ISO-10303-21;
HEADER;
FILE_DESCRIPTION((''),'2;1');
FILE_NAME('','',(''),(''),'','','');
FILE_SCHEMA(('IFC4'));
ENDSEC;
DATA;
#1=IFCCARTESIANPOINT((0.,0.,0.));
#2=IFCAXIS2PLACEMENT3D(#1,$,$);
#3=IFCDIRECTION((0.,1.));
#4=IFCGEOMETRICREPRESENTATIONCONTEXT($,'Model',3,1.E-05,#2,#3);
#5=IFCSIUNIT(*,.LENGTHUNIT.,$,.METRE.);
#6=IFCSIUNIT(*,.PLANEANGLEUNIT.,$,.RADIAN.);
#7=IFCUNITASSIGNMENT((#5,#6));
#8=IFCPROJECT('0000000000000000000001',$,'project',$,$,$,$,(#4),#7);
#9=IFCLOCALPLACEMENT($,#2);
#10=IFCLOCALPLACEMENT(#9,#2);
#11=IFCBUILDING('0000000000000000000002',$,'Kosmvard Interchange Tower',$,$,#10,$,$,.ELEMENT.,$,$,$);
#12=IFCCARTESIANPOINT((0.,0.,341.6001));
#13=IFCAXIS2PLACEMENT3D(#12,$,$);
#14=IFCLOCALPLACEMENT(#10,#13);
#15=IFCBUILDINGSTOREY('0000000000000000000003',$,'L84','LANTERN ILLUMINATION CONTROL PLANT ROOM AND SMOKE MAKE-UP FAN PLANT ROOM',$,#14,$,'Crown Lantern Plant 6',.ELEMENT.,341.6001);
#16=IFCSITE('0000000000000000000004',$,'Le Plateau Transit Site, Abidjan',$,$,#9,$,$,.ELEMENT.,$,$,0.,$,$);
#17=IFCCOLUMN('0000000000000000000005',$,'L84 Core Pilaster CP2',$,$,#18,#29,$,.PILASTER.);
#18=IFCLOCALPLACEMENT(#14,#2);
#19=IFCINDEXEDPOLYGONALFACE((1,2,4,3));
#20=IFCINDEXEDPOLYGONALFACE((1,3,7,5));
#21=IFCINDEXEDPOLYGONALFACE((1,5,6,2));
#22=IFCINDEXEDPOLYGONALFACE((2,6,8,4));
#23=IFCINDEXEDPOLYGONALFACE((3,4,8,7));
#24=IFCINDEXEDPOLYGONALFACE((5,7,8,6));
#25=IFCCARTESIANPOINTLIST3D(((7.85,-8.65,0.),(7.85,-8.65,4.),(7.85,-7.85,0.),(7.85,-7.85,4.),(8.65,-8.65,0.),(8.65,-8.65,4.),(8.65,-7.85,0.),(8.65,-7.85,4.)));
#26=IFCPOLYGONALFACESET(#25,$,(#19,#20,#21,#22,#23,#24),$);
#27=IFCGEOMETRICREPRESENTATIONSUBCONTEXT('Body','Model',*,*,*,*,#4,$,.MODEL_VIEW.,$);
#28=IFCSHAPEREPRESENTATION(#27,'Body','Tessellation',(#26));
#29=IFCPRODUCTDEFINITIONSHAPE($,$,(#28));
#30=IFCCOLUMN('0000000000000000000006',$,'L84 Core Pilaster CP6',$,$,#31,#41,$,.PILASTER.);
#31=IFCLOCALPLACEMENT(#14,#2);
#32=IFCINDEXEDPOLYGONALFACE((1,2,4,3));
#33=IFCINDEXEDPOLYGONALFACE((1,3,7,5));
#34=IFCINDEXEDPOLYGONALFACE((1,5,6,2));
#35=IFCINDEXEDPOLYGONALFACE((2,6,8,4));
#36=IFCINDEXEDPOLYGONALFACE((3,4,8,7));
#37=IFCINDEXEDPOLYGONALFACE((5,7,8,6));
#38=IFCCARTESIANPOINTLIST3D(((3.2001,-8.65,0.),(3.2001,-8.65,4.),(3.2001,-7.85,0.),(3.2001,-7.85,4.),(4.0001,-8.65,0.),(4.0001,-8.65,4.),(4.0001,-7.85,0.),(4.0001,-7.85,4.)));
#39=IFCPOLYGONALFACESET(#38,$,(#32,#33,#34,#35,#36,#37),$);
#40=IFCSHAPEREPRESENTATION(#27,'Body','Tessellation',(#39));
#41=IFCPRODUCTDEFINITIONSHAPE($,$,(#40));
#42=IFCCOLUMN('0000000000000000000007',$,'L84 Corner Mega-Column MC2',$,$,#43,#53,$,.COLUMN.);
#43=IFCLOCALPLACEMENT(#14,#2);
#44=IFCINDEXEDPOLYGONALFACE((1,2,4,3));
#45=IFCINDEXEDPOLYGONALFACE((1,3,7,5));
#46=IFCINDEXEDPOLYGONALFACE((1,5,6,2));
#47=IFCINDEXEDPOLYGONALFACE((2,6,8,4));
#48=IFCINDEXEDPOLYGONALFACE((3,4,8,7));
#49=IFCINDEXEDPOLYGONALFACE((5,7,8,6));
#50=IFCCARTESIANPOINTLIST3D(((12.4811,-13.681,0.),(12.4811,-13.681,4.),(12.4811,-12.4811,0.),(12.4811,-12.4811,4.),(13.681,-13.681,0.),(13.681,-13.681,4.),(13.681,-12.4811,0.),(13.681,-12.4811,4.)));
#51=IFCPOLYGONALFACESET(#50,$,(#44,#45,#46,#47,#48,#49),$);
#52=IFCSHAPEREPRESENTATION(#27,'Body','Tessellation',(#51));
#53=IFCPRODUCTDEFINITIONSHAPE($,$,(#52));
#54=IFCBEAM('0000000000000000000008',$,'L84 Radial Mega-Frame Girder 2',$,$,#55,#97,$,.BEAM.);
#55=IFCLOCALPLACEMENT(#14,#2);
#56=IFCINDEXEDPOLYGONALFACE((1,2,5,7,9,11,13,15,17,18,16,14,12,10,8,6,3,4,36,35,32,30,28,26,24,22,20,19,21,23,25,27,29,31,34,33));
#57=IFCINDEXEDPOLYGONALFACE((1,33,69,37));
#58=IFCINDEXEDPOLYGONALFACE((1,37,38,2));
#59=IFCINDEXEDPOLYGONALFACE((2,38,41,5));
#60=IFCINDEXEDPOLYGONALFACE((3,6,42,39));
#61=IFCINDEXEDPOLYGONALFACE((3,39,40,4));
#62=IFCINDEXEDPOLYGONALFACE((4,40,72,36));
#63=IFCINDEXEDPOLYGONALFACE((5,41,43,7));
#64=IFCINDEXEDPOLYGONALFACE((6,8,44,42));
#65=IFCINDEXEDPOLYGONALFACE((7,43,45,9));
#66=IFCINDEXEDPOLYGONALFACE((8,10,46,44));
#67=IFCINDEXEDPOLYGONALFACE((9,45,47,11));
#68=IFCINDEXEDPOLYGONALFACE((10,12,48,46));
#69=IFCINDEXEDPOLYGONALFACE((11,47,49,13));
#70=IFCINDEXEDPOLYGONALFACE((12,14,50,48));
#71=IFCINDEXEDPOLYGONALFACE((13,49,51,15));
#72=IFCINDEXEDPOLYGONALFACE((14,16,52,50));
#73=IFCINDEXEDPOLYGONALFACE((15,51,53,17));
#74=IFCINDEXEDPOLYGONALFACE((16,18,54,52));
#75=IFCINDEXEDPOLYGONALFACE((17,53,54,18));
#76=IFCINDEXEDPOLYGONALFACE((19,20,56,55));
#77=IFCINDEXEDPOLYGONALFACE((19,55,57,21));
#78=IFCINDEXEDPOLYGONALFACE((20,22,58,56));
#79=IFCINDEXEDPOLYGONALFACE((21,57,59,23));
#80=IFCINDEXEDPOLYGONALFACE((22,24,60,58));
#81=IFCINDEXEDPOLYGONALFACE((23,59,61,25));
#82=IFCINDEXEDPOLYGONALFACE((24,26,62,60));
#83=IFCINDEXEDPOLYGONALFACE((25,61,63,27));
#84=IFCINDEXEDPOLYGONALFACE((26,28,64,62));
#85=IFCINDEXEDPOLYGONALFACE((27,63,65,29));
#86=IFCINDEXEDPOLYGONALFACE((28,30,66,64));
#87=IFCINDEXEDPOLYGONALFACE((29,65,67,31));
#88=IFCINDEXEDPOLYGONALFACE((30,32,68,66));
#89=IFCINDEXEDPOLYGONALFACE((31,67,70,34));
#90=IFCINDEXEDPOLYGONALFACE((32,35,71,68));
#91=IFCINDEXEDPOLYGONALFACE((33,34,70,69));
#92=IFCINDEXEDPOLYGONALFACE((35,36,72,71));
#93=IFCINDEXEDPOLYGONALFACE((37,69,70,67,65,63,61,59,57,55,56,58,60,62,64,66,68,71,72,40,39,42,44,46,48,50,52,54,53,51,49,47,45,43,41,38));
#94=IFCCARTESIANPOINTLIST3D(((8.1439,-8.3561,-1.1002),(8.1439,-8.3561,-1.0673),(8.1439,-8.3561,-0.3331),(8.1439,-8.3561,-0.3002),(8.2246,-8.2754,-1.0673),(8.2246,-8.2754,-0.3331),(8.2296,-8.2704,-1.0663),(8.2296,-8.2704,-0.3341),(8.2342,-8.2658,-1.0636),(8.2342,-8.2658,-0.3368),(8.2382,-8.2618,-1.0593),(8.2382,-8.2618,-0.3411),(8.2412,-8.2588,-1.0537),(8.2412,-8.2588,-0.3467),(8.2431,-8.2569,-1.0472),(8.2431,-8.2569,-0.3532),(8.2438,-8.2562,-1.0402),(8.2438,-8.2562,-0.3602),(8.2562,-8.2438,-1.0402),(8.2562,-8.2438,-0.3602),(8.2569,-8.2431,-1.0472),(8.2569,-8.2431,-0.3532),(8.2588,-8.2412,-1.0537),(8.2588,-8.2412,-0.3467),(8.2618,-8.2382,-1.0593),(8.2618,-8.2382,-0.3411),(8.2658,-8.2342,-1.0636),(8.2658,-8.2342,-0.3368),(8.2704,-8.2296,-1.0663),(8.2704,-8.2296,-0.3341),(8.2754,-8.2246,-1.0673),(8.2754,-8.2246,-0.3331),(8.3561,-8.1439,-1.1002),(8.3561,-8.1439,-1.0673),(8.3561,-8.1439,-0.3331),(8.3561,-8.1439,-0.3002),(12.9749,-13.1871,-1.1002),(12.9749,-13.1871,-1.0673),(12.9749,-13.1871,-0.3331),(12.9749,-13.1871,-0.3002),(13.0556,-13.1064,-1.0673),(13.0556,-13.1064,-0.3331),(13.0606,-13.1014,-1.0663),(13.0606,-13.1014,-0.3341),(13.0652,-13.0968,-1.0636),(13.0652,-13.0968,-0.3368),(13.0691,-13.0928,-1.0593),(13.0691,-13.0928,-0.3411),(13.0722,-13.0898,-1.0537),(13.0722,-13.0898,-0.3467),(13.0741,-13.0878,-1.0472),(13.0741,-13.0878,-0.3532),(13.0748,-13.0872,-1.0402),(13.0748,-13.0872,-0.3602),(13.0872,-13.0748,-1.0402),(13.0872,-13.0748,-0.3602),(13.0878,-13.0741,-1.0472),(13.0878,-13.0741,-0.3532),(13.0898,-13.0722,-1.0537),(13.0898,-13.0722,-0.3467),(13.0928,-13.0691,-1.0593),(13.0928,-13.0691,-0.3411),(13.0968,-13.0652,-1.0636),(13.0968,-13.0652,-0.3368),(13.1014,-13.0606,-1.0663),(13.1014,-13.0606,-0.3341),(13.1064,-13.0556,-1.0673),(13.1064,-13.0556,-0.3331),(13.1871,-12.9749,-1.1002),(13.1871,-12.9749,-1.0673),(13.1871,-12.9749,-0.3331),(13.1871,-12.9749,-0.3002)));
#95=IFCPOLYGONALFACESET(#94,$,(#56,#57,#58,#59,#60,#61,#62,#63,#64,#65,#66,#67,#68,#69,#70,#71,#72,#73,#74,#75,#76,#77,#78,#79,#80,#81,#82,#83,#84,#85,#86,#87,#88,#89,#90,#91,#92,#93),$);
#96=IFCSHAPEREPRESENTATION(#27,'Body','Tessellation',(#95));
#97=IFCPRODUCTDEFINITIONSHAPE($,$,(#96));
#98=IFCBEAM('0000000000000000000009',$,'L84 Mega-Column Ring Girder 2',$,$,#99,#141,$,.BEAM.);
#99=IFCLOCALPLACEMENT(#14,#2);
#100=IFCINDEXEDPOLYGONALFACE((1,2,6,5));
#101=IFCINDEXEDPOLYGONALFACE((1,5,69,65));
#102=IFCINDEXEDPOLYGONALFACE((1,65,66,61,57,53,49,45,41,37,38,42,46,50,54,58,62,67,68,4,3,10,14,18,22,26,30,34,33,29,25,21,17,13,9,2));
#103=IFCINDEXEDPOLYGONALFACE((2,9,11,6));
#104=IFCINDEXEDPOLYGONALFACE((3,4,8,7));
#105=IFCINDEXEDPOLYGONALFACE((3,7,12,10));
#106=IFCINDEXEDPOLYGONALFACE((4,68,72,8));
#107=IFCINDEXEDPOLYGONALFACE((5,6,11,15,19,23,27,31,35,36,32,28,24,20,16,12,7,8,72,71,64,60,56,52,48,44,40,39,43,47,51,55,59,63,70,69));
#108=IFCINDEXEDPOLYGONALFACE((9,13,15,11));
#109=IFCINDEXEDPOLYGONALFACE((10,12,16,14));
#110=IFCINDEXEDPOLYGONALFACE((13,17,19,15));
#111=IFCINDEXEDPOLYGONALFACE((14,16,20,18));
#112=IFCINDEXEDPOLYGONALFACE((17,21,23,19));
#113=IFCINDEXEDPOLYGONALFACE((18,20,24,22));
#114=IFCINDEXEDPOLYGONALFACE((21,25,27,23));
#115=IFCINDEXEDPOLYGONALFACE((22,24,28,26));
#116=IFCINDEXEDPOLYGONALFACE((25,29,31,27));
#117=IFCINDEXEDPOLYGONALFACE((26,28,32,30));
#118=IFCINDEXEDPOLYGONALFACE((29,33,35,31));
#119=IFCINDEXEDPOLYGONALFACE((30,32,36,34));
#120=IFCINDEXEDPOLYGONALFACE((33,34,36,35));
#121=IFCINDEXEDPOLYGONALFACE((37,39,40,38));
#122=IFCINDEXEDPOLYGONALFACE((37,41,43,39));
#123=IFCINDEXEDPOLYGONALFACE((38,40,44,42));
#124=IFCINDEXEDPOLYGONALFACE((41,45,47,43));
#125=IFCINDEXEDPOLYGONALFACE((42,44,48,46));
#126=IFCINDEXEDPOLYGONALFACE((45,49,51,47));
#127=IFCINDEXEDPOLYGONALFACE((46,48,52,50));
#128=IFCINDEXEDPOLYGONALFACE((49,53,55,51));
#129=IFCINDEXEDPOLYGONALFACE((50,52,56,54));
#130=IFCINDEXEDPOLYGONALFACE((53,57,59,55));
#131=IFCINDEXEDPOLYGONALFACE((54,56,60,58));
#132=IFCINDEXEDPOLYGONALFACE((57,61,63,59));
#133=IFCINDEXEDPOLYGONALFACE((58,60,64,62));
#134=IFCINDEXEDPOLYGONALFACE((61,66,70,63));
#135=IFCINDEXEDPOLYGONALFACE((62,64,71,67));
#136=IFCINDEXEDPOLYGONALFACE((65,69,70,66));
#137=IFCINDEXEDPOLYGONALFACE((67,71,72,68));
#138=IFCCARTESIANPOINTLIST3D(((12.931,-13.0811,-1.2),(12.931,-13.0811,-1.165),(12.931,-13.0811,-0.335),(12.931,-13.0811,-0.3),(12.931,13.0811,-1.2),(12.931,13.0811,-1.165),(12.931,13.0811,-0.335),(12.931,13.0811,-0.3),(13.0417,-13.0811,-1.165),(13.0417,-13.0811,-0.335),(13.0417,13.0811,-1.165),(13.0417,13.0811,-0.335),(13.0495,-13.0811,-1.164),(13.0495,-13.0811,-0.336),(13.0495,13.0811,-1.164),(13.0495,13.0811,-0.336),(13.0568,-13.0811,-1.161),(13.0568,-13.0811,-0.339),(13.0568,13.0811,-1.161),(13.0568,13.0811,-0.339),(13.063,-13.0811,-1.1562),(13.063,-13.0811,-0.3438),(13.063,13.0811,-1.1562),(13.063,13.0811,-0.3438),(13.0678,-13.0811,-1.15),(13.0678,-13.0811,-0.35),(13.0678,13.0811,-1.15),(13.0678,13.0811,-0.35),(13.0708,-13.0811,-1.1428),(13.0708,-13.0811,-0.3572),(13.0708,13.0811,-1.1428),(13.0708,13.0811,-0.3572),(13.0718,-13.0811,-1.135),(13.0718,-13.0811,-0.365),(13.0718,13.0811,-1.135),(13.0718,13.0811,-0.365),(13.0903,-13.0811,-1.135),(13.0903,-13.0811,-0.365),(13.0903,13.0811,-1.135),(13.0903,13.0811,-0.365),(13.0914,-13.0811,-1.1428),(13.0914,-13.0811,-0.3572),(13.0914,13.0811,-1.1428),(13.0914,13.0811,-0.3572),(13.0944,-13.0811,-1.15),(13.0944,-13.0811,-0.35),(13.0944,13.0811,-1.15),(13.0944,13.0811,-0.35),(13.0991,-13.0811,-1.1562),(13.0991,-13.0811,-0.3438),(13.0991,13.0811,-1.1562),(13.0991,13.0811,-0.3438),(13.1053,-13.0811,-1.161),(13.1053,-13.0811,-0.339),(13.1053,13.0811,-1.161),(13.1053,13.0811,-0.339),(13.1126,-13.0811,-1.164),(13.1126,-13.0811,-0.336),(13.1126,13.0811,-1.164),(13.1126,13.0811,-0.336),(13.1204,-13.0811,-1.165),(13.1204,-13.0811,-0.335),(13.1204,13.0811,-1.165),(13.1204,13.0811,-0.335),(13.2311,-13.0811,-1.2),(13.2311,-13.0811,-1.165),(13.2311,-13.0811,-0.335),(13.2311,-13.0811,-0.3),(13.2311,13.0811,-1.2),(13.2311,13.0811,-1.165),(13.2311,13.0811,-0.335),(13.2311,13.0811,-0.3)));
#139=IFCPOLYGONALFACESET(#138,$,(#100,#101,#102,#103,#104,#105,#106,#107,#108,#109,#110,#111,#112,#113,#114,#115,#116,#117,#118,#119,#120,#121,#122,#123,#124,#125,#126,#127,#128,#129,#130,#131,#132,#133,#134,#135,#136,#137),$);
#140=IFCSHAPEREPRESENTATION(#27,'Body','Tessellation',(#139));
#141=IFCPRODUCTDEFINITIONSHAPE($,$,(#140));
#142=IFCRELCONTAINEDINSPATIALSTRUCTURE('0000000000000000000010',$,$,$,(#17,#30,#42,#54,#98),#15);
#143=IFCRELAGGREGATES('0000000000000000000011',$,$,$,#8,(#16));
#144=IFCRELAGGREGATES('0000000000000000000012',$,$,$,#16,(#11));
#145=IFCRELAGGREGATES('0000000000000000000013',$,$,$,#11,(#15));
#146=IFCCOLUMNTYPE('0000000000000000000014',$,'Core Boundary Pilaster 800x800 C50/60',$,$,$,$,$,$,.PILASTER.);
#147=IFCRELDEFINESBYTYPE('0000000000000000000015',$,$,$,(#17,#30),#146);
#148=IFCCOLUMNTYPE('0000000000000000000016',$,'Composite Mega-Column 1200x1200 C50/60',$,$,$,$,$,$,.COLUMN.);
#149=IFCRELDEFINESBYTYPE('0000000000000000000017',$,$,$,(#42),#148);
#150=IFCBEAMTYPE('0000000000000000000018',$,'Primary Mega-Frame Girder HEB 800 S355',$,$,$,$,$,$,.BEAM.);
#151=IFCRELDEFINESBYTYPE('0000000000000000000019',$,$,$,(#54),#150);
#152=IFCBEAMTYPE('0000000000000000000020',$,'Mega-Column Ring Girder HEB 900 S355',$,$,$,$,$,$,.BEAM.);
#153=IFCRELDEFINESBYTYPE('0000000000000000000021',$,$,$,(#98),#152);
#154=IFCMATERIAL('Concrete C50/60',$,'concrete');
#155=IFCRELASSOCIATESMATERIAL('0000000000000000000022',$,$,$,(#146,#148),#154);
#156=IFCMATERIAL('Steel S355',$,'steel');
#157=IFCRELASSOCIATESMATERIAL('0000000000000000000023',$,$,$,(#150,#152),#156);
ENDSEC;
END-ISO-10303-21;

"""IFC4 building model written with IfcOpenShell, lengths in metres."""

from ifc_helpers import new_model, si_unit, direction, frame, origin, origin_2d, place, context, subcontext, project, spatial, rectangle, i_section, extrude, source, transform, mapped, material, material_profile, profile_set, type_object, element, save


model = new_model("IFC4")

# Units and contexts
model_context = context("Model", 3, precision=1e-05, world=origin(), true_north=direction((0.0, 1.0)))
body_context = subcontext(model_context, "Body", "Model", "MODEL_VIEW")
ifc_project = project(units=[si_unit("LENGTHUNIT", "METRE"), si_unit("PLANEANGLEUNIT", "RADIAN")], contexts=[model_context])

# Site, building, storey
site_placement = place(None, origin())
site = spatial("IfcSite", under=ifc_project, at=site_placement, Name="Le Plateau Transit Site, Abidjan", CompositionType="ELEMENT", RefElevation=0.0)
building_placement = place(site_placement, origin())
building = spatial("IfcBuilding", under=site, at=building_placement, Name="Kosmvard Interchange Tower", CompositionType="ELEMENT")
storey_placement = place(building_placement, frame((0.0, 0.0, 341.6001)))
storey = spatial("IfcBuildingStorey", under=building, at=storey_placement, Name="L84", Description="LANTERN ILLUMINATION CONTROL PLANT ROOM AND SMOKE MAKE-UP FAN PLANT ROOM", LongName="Crown Lantern Plant 6", CompositionType="ELEMENT", Elevation=341.6001)

# Columns
ifc_material_1 = material(Name="Concrete C50/60", Category="concrete")
ifc_material_profile_1 = material_profile(ifc_material_1, rectangle(XDim=0.8, YDim=0.8, at=origin_2d()), Name="CP 800x800")
ifc_profile_set_1 = profile_set([ifc_material_profile_1], Name="Concrete C50/60")
column_type_1 = type_object("IfcColumnType", Name="Core Boundary Pilaster 800x800 C50/60", PredefinedType="PILASTER", material=ifc_profile_set_1)
shared_shape_1 = source(origin(), body_context, "Body", "SweptSolid", [
    extrude(rectangle(XDim=0.8, YDim=0.8, at=origin_2d()), origin(), (0.0, 0.0, 1.0), 4.0),
])
for number, where, z_axis, x_axis, name in (
    (1, (8.25, -8.25, 0.0), (0.0, 0.0, 1.0), (1.0, 0.0, 0.0), "L84 Core Pilaster CP2"),
    (2, (3.6001, -8.25, 0.0), (0.0, 0.0, 1.0), (1.0, 0.0, 0.0), "L84 Core Pilaster CP6"),
):
    element("IfcColumn", number, at=place(storey_placement, frame(where, z_axis=z_axis, x_axis=x_axis)), inside=storey, type_object=column_type_1, Name=name, PredefinedType="PILASTER", context=body_context, shape_type="MappedRepresentation", body=[
        mapped(shared_shape_1, transform((0.0, 0.0, 0.0), scale=1.0)),
    ])
ifc_material_profile_2 = material_profile(ifc_material_1, rectangle(XDim=1.2, YDim=1.2, at=origin_2d()), Name="MC 1200x1200")
ifc_profile_set_2 = profile_set([ifc_material_profile_2], Name="Concrete C50/60")
column_type_2 = type_object("IfcColumnType", Name="Composite Mega-Column 1200x1200 C50/60", PredefinedType="COLUMN", material=ifc_profile_set_2)
shared_shape_2 = source(origin(), body_context, "Body", "SweptSolid", [
    extrude(rectangle(XDim=1.2, YDim=1.2, at=origin_2d()), origin(), (0.0, 0.0, 1.0), 4.0),
])
column_placement = place(storey_placement, frame((13.0811, -13.0811, 0.0), z_axis=(0.0, 0.0, 1.0), x_axis=(1.0, 0.0, 0.0)))
element("IfcColumn", 3, at=column_placement, inside=storey, type_object=column_type_2, Name="L84 Corner Mega-Column MC2", PredefinedType="COLUMN", context=body_context, shape_type="MappedRepresentation", body=[
    mapped(shared_shape_2, transform((0.0, 0.0, 0.0), scale=1.0)),
])

# Beams
ifc_material_2 = material(Name="Steel S355", Category="steel")
ifc_material_profile_3 = material_profile(ifc_material_2, i_section(OverallWidth=0.3, OverallDepth=0.8, WebThickness=0.0176, FlangeThickness=0.033, FilletRadius=0.0271, at=origin_2d()), Name="HEB 800")
ifc_profile_set_3 = profile_set([ifc_material_profile_3], Name="Steel S355")
beam_type_1 = type_object("IfcBeamType", Name="Primary Mega-Frame Girder HEB 800 S355", PredefinedType="BEAM", material=ifc_profile_set_3)
shared_shape_3 = source(origin(), body_context, "Body", "SweptSolid", [
    extrude(i_section(OverallWidth=0.3, OverallDepth=0.8, WebThickness=0.0176, FlangeThickness=0.033, FilletRadius=0.0271, at=origin_2d()), origin(), (0.0, 0.0, 1.0), 6.832),
])
beam_1_placement = place(storey_placement, frame((8.25, -8.25, -0.7002), z_axis=(0.707107, -0.707107, 0.0), x_axis=(0.707107, 0.707107, 0.0)))
element("IfcBeam", 4, at=beam_1_placement, inside=storey, type_object=beam_type_1, Name="L84 Radial Mega-Frame Girder 2", PredefinedType="BEAM", context=body_context, shape_type="MappedRepresentation", body=[
    mapped(shared_shape_3, transform((0.0, 0.0, 0.0), scale=1.0)),
])
ifc_material_profile_4 = material_profile(ifc_material_2, i_section(OverallWidth=0.3, OverallDepth=0.8999, WebThickness=0.0186, FlangeThickness=0.0349, FilletRadius=0.03, at=origin_2d()), Name="HEB 900")
ifc_profile_set_4 = profile_set([ifc_material_profile_4], Name="Steel S355")
beam_type_2 = type_object("IfcBeamType", Name="Mega-Column Ring Girder HEB 900 S355", PredefinedType="BEAM", material=ifc_profile_set_4)
shared_shape_4 = source(origin(), body_context, "Body", "SweptSolid", [
    extrude(i_section(OverallWidth=0.3, OverallDepth=0.8999, WebThickness=0.0186, FlangeThickness=0.0349, FilletRadius=0.03, at=origin_2d()), origin(), (0.0, 0.0, 1.0), 26.1621),
])
beam_2_placement = place(storey_placement, frame((13.0811, -13.0811, -0.75), z_axis=(0.0, 1.0, 0.0), x_axis=(-1.0, 0.0, 0.0)))
element("IfcBeam", 5, at=beam_2_placement, inside=storey, type_object=beam_type_2, Name="L84 Mega-Column Ring Girder 2", PredefinedType="BEAM", context=body_context, shape_type="MappedRepresentation", body=[
    mapped(shared_shape_4, transform((0.0, 0.0, 0.0), scale=1.0)),
])

save(model, "model.ifc")
